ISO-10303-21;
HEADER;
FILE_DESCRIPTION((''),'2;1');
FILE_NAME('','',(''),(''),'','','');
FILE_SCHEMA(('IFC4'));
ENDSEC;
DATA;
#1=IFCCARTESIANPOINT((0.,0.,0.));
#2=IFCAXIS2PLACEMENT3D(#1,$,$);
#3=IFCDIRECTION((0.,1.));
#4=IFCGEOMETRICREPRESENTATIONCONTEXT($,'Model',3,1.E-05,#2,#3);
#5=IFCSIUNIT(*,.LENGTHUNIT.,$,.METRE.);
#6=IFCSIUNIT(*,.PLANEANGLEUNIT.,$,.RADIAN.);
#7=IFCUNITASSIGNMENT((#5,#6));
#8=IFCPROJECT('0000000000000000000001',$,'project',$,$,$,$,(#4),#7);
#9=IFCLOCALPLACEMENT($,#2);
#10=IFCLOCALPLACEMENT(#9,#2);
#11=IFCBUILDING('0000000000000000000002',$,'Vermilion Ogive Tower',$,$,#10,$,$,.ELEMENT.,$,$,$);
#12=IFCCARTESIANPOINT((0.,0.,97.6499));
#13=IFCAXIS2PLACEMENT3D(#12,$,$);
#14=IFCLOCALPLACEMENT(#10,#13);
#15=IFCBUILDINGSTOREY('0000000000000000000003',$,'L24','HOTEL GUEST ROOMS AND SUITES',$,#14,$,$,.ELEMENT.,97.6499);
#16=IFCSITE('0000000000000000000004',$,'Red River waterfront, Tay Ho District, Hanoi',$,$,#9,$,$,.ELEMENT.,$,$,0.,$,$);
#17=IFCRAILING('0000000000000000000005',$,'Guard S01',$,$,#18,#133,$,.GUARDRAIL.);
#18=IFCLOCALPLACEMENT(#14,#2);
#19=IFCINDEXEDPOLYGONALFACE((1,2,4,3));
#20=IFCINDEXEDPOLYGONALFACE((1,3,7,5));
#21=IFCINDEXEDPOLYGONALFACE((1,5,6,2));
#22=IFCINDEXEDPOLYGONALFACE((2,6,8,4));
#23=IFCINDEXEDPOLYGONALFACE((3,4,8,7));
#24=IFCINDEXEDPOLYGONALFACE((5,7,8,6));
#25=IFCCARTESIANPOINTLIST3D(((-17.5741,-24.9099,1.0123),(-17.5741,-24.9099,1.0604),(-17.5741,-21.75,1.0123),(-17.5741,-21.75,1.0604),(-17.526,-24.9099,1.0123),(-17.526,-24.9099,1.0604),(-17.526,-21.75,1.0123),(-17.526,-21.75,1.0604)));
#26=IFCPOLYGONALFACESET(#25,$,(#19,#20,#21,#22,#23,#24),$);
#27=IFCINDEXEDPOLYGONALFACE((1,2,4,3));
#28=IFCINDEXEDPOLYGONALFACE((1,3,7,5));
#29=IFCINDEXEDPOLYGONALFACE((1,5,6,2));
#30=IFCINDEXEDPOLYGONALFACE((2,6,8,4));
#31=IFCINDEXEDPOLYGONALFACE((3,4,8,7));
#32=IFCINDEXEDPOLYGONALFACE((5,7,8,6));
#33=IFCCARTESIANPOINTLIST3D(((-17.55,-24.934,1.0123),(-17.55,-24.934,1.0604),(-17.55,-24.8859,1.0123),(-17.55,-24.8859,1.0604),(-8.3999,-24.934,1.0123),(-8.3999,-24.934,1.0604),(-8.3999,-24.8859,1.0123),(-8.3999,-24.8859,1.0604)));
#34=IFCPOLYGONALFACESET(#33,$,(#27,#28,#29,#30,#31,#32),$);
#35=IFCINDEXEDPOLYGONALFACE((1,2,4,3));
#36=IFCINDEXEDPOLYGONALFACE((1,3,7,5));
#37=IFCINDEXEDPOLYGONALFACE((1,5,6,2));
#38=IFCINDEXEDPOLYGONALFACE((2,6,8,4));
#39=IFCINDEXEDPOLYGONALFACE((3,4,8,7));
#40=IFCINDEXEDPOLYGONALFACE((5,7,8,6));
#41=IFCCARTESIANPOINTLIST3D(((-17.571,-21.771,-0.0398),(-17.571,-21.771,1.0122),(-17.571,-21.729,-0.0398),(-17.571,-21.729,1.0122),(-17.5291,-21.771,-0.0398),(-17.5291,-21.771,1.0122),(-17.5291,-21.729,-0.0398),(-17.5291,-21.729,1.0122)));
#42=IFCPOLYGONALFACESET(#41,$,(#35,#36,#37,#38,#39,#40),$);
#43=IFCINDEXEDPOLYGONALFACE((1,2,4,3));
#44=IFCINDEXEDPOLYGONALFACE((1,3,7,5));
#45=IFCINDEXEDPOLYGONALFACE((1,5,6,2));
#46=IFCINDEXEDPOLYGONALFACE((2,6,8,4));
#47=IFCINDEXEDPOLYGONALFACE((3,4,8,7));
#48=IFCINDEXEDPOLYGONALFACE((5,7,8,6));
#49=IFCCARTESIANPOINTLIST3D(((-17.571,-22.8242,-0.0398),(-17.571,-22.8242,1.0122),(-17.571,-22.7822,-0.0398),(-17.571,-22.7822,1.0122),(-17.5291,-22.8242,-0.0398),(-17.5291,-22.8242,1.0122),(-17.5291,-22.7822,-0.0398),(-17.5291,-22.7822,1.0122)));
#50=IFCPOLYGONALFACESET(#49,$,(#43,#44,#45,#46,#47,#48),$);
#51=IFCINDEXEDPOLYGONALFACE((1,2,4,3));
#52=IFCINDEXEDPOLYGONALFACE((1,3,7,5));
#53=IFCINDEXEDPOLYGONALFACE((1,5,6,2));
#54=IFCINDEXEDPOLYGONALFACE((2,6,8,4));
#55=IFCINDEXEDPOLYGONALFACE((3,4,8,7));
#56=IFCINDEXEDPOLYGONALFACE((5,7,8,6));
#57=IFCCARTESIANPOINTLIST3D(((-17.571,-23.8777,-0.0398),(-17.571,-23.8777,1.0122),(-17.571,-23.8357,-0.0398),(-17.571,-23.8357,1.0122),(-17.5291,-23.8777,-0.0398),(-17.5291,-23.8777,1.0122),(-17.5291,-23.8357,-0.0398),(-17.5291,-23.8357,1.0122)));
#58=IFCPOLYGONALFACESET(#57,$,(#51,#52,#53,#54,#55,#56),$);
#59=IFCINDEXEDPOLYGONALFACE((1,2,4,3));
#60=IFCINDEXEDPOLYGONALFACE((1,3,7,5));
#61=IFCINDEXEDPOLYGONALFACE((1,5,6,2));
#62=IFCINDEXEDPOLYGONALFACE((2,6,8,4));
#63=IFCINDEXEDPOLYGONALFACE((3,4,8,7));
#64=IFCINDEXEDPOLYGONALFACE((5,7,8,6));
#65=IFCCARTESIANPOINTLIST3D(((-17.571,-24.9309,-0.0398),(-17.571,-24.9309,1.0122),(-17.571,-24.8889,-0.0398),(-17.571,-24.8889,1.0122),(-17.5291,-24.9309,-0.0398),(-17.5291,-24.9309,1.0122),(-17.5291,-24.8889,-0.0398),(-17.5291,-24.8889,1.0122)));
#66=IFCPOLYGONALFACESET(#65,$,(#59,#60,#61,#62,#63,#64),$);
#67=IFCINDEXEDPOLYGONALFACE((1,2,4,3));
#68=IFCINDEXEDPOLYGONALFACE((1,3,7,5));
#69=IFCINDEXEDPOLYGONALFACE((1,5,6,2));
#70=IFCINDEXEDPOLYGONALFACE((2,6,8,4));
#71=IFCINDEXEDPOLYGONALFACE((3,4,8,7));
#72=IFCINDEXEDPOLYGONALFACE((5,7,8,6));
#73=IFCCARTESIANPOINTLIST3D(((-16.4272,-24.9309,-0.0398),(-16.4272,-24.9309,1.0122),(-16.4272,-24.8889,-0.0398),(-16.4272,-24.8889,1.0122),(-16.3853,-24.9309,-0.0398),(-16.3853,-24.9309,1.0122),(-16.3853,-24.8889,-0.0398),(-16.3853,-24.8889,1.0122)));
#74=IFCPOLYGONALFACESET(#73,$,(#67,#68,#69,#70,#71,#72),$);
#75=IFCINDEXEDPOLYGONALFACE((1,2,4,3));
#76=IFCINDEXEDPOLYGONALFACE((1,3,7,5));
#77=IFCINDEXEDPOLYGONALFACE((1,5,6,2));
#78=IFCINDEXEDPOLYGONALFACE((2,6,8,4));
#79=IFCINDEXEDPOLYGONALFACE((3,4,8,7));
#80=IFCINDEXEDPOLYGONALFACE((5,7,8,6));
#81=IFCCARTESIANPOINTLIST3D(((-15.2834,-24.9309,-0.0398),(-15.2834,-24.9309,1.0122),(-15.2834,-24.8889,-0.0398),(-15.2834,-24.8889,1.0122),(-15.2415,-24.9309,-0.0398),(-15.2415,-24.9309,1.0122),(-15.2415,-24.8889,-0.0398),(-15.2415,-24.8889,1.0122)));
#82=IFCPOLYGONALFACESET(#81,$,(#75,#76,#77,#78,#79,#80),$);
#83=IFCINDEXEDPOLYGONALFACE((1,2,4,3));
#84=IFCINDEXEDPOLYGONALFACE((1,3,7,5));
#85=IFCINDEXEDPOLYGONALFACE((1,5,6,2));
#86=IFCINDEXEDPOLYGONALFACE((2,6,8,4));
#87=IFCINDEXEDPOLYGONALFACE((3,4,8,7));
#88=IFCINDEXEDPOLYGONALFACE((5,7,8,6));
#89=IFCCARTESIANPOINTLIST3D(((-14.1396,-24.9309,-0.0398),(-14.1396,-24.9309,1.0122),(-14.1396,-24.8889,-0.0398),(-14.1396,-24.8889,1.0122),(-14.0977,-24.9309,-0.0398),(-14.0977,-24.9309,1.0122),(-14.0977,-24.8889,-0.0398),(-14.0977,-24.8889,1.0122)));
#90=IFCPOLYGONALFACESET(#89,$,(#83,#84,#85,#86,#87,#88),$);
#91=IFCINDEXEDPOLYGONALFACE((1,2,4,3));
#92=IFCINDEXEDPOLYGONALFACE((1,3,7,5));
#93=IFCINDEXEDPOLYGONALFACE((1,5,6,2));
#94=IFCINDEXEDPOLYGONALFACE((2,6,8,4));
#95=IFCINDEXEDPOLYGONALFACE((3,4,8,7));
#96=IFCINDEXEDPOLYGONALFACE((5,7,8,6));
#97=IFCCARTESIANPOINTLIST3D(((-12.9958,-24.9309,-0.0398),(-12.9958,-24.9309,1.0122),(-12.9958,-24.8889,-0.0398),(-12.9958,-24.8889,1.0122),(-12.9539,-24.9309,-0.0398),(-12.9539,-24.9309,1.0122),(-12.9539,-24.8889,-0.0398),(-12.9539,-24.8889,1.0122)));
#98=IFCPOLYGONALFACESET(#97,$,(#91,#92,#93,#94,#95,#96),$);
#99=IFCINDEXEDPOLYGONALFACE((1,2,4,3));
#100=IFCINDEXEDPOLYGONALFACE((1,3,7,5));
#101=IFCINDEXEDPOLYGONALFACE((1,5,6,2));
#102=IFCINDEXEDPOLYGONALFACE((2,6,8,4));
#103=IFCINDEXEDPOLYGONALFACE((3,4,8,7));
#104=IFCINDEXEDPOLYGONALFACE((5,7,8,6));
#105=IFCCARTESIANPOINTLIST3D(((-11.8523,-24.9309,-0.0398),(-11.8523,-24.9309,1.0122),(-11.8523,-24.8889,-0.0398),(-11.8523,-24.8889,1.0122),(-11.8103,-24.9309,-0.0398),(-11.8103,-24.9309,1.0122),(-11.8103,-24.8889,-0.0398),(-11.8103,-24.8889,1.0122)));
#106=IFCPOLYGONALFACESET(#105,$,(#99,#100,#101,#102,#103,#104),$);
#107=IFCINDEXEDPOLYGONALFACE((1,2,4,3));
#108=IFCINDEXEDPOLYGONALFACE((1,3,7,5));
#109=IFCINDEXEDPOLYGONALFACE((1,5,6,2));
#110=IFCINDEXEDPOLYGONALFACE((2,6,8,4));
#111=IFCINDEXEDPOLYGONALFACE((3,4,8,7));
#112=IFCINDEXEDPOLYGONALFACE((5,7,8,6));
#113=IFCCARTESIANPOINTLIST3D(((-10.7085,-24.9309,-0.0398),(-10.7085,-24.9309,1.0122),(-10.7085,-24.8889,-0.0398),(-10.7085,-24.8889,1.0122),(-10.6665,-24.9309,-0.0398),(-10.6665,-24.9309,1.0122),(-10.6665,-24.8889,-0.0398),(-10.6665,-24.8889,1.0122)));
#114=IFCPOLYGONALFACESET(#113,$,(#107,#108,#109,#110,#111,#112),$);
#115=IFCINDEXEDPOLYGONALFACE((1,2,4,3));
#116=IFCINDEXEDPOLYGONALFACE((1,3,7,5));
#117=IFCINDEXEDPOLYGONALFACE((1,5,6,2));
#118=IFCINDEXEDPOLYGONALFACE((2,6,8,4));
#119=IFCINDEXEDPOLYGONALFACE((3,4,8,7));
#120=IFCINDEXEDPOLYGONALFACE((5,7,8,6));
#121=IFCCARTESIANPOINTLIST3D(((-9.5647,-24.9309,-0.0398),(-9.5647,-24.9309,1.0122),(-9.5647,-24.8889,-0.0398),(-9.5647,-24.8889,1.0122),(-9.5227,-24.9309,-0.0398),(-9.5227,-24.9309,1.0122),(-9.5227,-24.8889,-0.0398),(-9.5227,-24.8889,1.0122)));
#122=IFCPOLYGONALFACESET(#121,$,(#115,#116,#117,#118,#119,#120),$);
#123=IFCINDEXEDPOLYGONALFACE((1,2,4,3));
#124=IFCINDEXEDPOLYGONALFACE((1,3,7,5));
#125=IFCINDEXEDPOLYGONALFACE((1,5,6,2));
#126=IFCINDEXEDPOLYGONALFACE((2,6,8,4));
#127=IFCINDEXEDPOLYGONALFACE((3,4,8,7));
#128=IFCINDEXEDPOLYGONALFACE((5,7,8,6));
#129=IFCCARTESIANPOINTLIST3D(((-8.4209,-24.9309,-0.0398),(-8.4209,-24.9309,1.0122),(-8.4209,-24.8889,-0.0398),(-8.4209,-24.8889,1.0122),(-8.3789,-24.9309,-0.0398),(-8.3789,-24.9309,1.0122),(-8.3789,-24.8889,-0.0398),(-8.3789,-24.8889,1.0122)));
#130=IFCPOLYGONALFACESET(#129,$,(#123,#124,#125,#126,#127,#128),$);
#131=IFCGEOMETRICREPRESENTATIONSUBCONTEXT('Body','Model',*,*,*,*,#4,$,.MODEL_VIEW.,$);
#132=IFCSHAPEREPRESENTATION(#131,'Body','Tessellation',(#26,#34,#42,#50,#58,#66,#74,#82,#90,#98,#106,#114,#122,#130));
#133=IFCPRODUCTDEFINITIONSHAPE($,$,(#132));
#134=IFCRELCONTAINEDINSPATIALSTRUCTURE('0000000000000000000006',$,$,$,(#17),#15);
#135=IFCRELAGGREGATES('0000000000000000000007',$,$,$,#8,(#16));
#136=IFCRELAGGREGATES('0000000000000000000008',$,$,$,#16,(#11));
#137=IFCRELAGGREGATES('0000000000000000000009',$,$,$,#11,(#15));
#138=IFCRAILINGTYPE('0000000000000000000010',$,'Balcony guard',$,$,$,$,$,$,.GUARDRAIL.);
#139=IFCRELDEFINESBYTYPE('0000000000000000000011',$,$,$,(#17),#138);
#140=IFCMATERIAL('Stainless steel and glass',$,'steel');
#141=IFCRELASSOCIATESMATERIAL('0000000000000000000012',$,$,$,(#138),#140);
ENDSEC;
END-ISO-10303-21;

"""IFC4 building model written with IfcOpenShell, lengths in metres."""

from ifc_helpers import new_model, si_unit, direction, frame, origin, origin_2d, place, context, subcontext, project, spatial, rectangle, extrude, material, type_object, element, save


model = new_model("IFC4")

# Units and contexts
model_context = context("Model", 3, precision=1e-05, world=origin(), true_north=direction((0.0, 1.0)))
body_context = subcontext(model_context, "Body", "Model", "MODEL_VIEW")
ifc_project = project(units=[si_unit("LENGTHUNIT", "METRE"), si_unit("PLANEANGLEUNIT", "RADIAN")], contexts=[model_context])

# Site, building, storey
site_placement = place(None, origin())
site = spatial("IfcSite", under=ifc_project, at=site_placement, Name="Red River waterfront, Tay Ho District, Hanoi", CompositionType="ELEMENT", RefElevation=0.0)
building_placement = place(site_placement, origin())
building = spatial("IfcBuilding", under=site, at=building_placement, Name="Vermilion Ogive Tower", CompositionType="ELEMENT")
storey_placement = place(building_placement, frame((0.0, 0.0, 97.6499)))
storey = spatial("IfcBuildingStorey", under=building, at=storey_placement, Name="L24", Description="HOTEL GUEST ROOMS AND SUITES", CompositionType="ELEMENT", Elevation=97.6499)

# Railing
ifc_material_1 = material(Name="Stainless steel and glass", Category="steel")
railing_type = type_object("IfcRailingType", Name="Balcony guard", PredefinedType="GUARDRAIL", material=ifc_material_1)
railing_placement = place(storey_placement, frame((-17.55, -21.75, -0.0398)))
element("IfcRailing", 1, at=railing_placement, inside=storey, type_object=railing_type, Name="Guard S01", PredefinedType="GUARDRAIL", context=body_context, shape_type="SweptSolid", body=[
    extrude(rectangle(XDim=0.0481, YDim=0.0481, at=origin_2d()), frame((0.0, 0.0, 1.0762), z_axis=(0.0, -1.0, 0.0), x_axis=(1.0, 0.0, 0.0)), (0.0, 0.0, 1.0), 3.1599),
    extrude(rectangle(XDim=0.0481, YDim=0.0481, at=origin_2d()), frame((0.0, -3.1599, 1.0762), z_axis=(1.0, 0.0, 0.0), x_axis=(0.0, 1.0, 0.0)), (0.0, 0.0, 1.0), 9.1501),
    extrude(rectangle(XDim=0.042, YDim=0.042, at=origin_2d()), origin(), (0.0, 0.0, 1.0), 1.052),
    extrude(rectangle(XDim=0.042, YDim=0.042, at=origin_2d()), frame((0.0, -1.0532, 0.0)), (0.0, 0.0, 1.0), 1.052),
    extrude(rectangle(XDim=0.042, YDim=0.042, at=origin_2d()), frame((0.0, -2.1067, 0.0)), (0.0, 0.0, 1.0), 1.052),
    extrude(rectangle(XDim=0.042, YDim=0.042, at=origin_2d()), frame((0.0, -3.1599, 0.0)), (0.0, 0.0, 1.0), 1.052),
    extrude(rectangle(XDim=0.042, YDim=0.042, at=origin_2d()), frame((1.1438, -3.1599, 0.0)), (0.0, 0.0, 1.0), 1.052),
    extrude(rectangle(XDim=0.042, YDim=0.042, at=origin_2d()), frame((2.2876, -3.1599, 0.0)), (0.0, 0.0, 1.0), 1.052),
    extrude(rectangle(XDim=0.042, YDim=0.042, at=origin_2d()), frame((3.4314, -3.1599, 0.0)), (0.0, 0.0, 1.0), 1.052),
    extrude(rectangle(XDim=0.042, YDim=0.042, at=origin_2d()), frame((4.5752, -3.1599, 0.0)), (0.0, 0.0, 1.0), 1.052),
    extrude(rectangle(XDim=0.042, YDim=0.042, at=origin_2d()), frame((5.7188, -3.1599, 0.0)), (0.0, 0.0, 1.0), 1.052),
    extrude(rectangle(XDim=0.042, YDim=0.042, at=origin_2d()), frame((6.8625, -3.1599, 0.0)), (0.0, 0.0, 1.0), 1.052),
    extrude(rectangle(XDim=0.042, YDim=0.042, at=origin_2d()), frame((8.0063, -3.1599, 0.0)), (0.0, 0.0, 1.0), 1.052),
    extrude(rectangle(XDim=0.042, YDim=0.042, at=origin_2d()), frame((9.1501, -3.1599, 0.0)), (0.0, 0.0, 1.0), 1.052),
])

save(model, "model.ifc")
